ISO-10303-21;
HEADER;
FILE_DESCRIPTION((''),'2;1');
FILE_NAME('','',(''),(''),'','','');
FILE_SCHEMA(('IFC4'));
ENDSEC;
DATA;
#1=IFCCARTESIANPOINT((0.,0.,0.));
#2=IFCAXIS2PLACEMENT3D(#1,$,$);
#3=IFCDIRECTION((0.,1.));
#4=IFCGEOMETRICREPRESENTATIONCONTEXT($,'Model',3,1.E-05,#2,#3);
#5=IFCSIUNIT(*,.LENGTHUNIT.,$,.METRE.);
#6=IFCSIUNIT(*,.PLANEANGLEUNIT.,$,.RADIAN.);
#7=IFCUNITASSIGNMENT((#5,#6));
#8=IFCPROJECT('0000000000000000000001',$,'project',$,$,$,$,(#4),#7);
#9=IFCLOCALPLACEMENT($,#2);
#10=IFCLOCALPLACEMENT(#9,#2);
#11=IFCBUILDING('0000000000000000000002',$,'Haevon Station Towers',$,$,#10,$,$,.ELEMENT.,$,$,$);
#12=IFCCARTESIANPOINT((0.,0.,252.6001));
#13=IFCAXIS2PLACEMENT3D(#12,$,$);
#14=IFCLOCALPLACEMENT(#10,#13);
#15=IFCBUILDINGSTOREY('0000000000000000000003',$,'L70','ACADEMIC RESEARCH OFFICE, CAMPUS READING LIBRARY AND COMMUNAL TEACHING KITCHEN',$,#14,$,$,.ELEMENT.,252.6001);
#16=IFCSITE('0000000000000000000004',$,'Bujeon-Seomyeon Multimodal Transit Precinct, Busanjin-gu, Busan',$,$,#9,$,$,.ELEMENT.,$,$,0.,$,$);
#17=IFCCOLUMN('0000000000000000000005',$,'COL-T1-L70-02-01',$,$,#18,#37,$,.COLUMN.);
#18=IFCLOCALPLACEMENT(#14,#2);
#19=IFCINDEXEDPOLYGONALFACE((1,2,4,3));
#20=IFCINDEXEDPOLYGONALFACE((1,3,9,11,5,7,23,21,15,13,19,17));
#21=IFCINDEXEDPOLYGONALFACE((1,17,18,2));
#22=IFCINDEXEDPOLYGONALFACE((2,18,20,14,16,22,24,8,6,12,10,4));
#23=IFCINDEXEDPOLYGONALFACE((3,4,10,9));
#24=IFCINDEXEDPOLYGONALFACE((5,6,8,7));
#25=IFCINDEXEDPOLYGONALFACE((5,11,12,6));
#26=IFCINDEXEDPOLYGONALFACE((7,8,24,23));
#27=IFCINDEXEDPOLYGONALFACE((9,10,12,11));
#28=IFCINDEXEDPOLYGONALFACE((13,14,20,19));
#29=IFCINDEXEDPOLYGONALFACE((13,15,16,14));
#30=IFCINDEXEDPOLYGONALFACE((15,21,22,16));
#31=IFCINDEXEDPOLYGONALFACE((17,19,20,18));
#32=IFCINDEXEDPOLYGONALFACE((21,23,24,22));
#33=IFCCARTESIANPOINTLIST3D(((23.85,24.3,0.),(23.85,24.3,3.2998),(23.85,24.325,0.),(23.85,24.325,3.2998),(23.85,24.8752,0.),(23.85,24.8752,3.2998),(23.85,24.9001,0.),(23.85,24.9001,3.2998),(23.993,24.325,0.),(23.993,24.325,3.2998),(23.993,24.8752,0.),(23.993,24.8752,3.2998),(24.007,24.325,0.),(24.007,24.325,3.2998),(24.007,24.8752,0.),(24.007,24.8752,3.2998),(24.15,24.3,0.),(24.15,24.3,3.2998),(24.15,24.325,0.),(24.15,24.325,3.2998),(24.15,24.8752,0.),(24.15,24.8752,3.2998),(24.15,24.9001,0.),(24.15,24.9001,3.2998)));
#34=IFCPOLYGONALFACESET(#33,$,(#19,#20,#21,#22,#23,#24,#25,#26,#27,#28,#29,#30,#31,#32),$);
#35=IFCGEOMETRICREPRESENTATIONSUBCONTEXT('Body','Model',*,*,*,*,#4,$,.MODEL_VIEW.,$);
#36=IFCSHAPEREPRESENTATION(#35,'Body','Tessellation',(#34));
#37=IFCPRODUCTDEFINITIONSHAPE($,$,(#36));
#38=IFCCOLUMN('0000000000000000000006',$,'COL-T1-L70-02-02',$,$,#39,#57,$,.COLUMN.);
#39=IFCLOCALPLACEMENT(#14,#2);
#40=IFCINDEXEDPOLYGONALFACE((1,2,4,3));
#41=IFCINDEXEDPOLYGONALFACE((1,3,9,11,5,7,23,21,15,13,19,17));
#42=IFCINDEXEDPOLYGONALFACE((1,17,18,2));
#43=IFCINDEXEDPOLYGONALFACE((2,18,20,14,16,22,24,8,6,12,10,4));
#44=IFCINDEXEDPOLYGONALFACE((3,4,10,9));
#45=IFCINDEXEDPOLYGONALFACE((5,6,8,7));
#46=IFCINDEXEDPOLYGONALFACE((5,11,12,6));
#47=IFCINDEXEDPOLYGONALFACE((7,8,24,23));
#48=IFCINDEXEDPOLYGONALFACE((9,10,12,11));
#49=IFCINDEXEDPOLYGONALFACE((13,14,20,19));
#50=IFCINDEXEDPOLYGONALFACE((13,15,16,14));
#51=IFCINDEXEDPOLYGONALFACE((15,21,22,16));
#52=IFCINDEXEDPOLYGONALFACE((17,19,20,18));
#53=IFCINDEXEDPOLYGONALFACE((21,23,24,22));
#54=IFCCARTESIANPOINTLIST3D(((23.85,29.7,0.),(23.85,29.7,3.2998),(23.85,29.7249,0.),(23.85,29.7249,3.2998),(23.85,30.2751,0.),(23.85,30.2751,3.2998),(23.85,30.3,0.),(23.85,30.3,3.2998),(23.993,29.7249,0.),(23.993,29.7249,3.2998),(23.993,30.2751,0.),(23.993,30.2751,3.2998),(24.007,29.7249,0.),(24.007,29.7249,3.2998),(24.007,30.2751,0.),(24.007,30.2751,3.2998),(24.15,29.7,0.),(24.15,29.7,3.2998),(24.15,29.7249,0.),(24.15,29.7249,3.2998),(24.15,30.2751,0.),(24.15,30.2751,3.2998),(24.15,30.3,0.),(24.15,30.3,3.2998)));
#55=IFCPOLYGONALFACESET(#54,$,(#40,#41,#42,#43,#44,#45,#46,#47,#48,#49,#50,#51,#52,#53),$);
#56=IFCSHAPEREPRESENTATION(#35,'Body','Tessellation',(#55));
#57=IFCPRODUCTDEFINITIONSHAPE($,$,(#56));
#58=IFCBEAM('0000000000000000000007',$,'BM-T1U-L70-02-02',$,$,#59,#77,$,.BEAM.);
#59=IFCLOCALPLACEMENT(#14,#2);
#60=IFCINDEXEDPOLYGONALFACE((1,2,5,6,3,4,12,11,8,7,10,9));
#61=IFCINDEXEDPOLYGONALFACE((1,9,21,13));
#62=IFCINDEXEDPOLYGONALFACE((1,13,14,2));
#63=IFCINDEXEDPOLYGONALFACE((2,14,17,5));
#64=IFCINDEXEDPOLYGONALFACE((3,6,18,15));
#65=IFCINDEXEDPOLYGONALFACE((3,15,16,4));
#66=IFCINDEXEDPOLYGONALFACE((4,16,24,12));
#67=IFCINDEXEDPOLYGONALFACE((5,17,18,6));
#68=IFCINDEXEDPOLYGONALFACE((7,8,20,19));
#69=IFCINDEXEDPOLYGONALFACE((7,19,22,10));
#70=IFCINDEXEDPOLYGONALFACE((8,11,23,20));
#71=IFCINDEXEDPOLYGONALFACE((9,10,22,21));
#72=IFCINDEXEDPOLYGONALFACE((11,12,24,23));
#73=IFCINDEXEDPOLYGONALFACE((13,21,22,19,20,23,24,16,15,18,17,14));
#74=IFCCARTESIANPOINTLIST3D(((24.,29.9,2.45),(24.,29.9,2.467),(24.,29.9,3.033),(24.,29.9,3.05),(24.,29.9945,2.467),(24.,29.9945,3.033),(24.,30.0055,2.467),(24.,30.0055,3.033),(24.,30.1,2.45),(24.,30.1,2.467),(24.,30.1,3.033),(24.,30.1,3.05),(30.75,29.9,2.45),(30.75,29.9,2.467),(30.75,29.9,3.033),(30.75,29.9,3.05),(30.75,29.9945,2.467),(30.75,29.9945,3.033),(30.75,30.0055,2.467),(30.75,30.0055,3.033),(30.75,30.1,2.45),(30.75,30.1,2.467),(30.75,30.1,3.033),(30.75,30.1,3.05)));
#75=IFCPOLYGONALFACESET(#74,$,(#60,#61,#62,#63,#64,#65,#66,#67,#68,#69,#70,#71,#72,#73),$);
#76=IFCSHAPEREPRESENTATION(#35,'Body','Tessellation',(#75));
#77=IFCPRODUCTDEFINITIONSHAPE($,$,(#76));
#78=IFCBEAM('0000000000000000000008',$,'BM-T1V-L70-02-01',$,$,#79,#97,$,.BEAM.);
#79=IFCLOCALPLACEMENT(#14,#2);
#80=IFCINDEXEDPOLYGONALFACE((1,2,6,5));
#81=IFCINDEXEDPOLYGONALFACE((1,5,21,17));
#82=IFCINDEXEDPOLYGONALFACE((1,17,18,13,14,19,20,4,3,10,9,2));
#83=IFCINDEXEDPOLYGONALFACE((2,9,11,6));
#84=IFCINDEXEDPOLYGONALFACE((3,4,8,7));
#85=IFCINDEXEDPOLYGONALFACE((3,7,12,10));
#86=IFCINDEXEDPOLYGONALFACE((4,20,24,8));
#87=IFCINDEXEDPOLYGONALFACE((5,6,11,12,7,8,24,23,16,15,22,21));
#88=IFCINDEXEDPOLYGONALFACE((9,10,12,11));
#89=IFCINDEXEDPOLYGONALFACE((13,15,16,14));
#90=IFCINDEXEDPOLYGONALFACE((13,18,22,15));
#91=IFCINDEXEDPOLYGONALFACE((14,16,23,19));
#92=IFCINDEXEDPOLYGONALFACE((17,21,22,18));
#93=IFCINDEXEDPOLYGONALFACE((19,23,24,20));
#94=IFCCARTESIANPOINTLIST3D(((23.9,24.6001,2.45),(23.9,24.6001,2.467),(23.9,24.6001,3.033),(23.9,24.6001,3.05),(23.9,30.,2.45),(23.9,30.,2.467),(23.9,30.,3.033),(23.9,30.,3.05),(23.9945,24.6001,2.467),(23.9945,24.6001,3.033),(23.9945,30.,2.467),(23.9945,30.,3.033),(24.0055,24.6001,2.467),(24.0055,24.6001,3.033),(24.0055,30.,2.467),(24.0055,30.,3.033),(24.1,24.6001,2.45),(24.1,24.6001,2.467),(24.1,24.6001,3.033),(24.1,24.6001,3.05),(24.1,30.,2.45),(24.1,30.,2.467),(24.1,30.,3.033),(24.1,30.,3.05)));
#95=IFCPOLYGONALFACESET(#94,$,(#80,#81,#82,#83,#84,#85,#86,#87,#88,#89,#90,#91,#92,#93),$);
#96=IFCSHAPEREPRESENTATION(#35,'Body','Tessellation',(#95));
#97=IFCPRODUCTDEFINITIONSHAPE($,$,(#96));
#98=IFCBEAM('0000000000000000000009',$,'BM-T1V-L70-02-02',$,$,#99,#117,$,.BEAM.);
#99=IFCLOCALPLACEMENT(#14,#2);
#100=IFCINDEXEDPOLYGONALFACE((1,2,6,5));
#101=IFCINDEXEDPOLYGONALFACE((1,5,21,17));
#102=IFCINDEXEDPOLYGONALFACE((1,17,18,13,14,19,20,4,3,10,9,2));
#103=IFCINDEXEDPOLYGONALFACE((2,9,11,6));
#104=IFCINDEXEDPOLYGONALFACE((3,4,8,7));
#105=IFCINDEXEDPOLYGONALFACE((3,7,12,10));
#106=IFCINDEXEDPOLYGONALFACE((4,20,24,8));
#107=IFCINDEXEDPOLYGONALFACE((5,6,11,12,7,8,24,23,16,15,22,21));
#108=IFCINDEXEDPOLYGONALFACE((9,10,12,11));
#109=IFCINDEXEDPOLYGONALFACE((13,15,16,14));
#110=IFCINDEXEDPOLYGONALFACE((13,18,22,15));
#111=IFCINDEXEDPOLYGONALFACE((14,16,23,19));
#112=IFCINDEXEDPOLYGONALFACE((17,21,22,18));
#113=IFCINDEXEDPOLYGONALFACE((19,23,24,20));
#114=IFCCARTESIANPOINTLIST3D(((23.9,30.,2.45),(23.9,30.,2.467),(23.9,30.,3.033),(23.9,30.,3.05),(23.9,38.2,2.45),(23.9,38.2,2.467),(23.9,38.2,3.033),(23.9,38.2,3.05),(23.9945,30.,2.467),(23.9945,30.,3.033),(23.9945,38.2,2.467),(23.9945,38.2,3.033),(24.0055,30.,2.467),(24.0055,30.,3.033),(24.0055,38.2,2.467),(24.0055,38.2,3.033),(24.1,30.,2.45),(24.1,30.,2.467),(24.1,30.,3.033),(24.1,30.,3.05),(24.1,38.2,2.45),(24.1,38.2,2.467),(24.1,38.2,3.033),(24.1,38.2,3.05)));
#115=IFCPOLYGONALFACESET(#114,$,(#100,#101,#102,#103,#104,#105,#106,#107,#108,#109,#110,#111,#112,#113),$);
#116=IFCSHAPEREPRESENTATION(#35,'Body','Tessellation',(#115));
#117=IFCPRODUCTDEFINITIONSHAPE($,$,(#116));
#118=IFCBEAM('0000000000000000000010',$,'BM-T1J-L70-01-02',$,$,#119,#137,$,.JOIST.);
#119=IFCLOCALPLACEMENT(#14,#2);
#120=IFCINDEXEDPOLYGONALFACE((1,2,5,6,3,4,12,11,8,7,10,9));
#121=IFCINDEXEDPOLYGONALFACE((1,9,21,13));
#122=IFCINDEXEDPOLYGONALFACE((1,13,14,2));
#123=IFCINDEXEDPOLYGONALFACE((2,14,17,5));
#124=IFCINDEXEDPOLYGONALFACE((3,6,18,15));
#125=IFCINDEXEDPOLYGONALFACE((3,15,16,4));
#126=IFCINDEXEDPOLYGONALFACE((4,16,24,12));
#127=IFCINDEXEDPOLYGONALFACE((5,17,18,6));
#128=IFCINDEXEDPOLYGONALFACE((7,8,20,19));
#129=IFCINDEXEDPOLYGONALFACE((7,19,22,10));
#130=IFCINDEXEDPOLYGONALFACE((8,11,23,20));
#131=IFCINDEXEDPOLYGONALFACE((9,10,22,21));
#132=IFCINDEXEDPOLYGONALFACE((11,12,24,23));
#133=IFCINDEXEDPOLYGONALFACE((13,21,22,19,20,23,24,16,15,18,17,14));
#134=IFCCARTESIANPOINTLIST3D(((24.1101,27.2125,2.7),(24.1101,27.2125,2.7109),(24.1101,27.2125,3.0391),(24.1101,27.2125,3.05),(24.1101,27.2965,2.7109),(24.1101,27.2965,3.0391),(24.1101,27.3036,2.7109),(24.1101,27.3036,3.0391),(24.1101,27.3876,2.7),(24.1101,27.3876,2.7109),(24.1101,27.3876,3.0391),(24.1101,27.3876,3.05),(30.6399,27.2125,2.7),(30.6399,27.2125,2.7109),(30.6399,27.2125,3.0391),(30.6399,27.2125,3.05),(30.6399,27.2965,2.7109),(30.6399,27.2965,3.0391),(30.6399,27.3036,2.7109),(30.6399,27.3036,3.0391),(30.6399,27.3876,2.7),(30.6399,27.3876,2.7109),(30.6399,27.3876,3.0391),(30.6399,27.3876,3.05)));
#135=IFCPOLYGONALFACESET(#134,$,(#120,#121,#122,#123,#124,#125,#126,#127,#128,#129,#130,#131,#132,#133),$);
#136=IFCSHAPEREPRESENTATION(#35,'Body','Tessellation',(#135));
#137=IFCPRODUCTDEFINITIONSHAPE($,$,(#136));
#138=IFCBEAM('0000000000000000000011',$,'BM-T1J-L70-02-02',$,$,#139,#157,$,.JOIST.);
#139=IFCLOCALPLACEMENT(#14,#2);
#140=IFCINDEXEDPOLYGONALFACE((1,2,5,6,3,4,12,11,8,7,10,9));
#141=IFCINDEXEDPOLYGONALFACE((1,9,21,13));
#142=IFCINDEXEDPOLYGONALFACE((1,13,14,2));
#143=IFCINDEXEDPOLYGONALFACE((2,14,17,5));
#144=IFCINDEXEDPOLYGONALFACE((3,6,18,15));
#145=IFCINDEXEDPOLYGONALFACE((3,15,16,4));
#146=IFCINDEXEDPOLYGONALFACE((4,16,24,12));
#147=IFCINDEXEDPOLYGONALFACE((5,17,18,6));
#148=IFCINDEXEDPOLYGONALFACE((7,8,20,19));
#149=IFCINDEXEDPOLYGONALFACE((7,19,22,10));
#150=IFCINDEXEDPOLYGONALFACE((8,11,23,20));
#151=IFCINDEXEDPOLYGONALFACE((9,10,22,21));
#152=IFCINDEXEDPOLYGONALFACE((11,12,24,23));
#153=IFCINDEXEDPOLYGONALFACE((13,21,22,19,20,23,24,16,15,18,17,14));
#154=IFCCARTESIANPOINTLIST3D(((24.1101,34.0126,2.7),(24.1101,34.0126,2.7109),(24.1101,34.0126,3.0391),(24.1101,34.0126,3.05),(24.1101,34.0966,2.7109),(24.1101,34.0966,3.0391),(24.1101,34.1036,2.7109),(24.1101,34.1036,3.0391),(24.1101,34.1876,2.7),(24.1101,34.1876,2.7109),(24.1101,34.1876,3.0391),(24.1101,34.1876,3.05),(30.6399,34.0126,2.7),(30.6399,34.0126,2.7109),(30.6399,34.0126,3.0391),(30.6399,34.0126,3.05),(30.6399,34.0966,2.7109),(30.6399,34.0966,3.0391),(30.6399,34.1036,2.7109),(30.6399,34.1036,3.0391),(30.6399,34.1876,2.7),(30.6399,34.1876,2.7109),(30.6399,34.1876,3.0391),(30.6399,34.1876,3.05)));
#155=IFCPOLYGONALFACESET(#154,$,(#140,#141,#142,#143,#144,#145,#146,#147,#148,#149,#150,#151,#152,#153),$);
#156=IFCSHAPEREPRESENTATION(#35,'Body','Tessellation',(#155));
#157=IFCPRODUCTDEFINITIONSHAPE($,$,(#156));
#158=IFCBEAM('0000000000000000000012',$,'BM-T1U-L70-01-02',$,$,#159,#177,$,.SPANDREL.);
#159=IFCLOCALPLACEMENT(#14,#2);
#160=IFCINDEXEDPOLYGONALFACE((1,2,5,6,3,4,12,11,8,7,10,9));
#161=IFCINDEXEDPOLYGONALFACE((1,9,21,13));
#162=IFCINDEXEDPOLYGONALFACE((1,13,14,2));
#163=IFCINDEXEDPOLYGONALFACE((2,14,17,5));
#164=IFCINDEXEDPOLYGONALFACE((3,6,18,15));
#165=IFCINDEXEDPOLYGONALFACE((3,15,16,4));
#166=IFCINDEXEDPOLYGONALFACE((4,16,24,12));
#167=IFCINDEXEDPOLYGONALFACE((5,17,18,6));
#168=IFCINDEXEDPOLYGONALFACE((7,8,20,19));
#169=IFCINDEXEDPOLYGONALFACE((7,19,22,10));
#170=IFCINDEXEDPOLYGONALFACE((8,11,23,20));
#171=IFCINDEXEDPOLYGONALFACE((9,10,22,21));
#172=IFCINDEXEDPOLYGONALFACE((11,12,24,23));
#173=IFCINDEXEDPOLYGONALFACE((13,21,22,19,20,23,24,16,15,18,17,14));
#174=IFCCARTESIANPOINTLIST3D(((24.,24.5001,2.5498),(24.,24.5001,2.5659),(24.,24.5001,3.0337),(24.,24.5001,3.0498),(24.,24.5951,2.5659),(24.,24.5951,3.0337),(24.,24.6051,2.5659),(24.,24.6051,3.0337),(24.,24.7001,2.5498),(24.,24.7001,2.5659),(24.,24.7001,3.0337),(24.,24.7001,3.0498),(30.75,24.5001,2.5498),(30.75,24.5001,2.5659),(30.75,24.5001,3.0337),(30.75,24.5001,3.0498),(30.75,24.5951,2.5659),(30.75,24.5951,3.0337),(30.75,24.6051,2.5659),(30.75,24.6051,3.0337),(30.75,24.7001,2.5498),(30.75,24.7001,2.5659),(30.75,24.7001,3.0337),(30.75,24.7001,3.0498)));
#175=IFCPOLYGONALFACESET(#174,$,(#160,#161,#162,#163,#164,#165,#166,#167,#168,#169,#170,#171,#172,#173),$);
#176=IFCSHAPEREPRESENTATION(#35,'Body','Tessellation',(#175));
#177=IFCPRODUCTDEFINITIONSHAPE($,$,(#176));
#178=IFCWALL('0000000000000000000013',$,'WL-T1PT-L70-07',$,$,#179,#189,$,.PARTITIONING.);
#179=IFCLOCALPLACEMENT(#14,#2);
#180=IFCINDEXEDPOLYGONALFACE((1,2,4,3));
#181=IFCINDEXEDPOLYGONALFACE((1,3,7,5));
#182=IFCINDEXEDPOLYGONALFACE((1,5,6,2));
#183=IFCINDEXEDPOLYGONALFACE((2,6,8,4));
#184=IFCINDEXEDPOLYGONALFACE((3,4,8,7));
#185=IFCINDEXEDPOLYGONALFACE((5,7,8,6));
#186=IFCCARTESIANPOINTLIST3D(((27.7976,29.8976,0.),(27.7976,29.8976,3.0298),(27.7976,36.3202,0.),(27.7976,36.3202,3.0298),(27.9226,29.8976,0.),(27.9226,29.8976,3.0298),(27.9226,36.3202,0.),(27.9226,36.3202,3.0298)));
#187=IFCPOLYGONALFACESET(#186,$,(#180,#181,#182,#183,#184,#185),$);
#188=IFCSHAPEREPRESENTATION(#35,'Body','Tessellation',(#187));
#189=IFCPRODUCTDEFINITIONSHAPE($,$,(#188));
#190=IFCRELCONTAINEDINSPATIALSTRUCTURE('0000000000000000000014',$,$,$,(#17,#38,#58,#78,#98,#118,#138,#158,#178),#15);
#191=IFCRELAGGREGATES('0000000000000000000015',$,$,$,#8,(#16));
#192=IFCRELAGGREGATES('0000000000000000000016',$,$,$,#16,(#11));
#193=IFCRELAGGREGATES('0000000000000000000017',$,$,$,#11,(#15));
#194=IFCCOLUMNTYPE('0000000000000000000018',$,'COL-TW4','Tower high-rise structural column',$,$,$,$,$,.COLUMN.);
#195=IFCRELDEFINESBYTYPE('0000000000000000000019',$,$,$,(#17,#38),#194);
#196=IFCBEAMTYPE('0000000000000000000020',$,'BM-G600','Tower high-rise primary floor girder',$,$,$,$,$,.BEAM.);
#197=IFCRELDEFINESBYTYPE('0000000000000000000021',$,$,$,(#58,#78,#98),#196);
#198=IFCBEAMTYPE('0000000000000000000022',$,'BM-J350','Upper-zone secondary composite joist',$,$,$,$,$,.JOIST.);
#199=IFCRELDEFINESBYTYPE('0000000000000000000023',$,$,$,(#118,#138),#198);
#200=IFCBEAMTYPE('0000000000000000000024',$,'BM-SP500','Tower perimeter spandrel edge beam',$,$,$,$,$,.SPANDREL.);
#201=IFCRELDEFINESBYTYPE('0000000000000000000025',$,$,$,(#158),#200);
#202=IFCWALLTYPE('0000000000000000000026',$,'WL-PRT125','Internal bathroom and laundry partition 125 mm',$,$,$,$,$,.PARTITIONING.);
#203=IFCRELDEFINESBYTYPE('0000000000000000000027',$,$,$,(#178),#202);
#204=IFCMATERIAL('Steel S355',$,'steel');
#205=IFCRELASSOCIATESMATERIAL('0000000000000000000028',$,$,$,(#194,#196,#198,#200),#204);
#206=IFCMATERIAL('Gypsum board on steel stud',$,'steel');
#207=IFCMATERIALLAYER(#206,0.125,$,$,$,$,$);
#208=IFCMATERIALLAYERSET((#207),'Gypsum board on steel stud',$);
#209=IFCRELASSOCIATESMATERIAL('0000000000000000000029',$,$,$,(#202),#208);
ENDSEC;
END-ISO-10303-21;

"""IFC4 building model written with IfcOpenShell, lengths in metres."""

from ifc_helpers import new_model, si_unit, direction, frame, frame_2d, origin, origin_2d, place, context, subcontext, project, spatial, rectangle, i_section, extrude, material, layer, layer_set, material_profile, profile_set, type_object, element, save


model = new_model("IFC4")

# Units and contexts
model_context = context("Model", 3, precision=1e-05, world=origin(), true_north=direction((0.0, 1.0)))
body_context = subcontext(model_context, "Body", "Model", "MODEL_VIEW")
ifc_project = project(units=[si_unit("LENGTHUNIT", "METRE"), si_unit("PLANEANGLEUNIT", "RADIAN")], contexts=[model_context])

# Site, building, storey
site_placement = place(None, origin())
site = spatial("IfcSite", under=ifc_project, at=site_placement, Name="Bujeon-Seomyeon Multimodal Transit Precinct, Busanjin-gu, Busan", CompositionType="ELEMENT", RefElevation=0.0)
building_placement = place(site_placement, origin())
building = spatial("IfcBuilding", under=site, at=building_placement, Name="Haevon Station Towers", CompositionType="ELEMENT")
storey_placement = place(building_placement, frame((0.0, 0.0, 252.6001)))
storey = spatial("IfcBuildingStorey", under=building, at=storey_placement, Name="L70", Description="ACADEMIC RESEARCH OFFICE, CAMPUS READING LIBRARY AND COMMUNAL TEACHING KITCHEN", CompositionType="ELEMENT", Elevation=252.6001)

# Columns
ifc_material_1 = material(Name="Steel S355", Category="steel")
ifc_material_profile_1 = material_profile(ifc_material_1, i_section(OverallWidth=0.3, OverallDepth=0.6001, WebThickness=0.0139, FlangeThickness=0.0249, at=origin_2d()), Name="H-600x300x14x25")
ifc_profile_set_1 = profile_set([ifc_material_profile_1], Name="Steel S355")
column_type = type_object("IfcColumnType", Name="COL-TW4", Description="Tower high-rise structural column", PredefinedType="COLUMN", material=ifc_profile_set_1)
for number, where, z_axis, x_axis, name in (
    (1, (24.0, 24.6001, 0.0), (0.0, 0.0, 1.0), (1.0, 0.0, 0.0), "COL-T1-L70-02-01"),
    (2, (24.0, 30.0, 0.0), (0.0, 0.0, 1.0), (1.0, 0.0, 0.0), "COL-T1-L70-02-02"),
):
    element("IfcColumn", number, at=place(storey_placement, frame(where, z_axis=z_axis, x_axis=x_axis)), inside=storey, type_object=column_type, Name=name, PredefinedType="COLUMN", context=body_context, shape_type="SweptSolid", body=[
        extrude(i_section(OverallWidth=0.3, OverallDepth=0.6001, WebThickness=0.0139, FlangeThickness=0.0249, at=origin_2d()), origin(), (0.0, 0.0, 1.0), 3.2998),
    ])

# Beams
ifc_material_profile_2 = material_profile(ifc_material_1, i_section(OverallWidth=0.2, OverallDepth=0.6001, WebThickness=0.011, FlangeThickness=0.0171, at=origin_2d()), Name="H-600x200x11x17")
ifc_profile_set_2 = profile_set([ifc_material_profile_2], Name="Steel S355")
beam_type_1 = type_object("IfcBeamType", Name="BM-G600", Description="Tower high-rise primary floor girder", PredefinedType="BEAM", material=ifc_profile_set_2)
beam_1_placement = place(storey_placement, frame((24.0, 30.0, 2.75), z_axis=(1.0, 0.0, 0.0), x_axis=(0.0, 1.0, 0.0)))
element("IfcBeam", 3, at=beam_1_placement, inside=storey, type_object=beam_type_1, Name="BM-T1U-L70-02-02", PredefinedType="BEAM", context=body_context, shape_type="SweptSolid", body=[
    extrude(i_section(OverallWidth=0.2, OverallDepth=0.6001, WebThickness=0.011, FlangeThickness=0.0171, at=origin_2d()), origin(), (0.0, 0.0, 1.0), 6.75),
])
beam_2_placement = place(storey_placement, frame((24.0, 24.6001, 2.75), z_axis=(0.0, 1.0, 0.0), x_axis=(-1.0, 0.0, 0.0)))
element("IfcBeam", 4, at=beam_2_placement, inside=storey, type_object=beam_type_1, Name="BM-T1V-L70-02-01", PredefinedType="BEAM", context=body_context, shape_type="SweptSolid", body=[
    extrude(i_section(OverallWidth=0.2, OverallDepth=0.6001, WebThickness=0.011, FlangeThickness=0.0171, at=origin_2d()), origin(), (0.0, 0.0, 1.0), 5.3999),
])
beam_3_placement = place(storey_placement, frame((24.0, 30.0, 2.75), z_axis=(0.0, 1.0, 0.0), x_axis=(-1.0, 0.0, 0.0)))
element("IfcBeam", 5, at=beam_3_placement, inside=storey, type_object=beam_type_1, Name="BM-T1V-L70-02-02", PredefinedType="BEAM", context=body_context, shape_type="SweptSolid", body=[
    extrude(i_section(OverallWidth=0.2, OverallDepth=0.6001, WebThickness=0.011, FlangeThickness=0.0171, at=origin_2d()), origin(), (0.0, 0.0, 1.0), 8.2),
])
ifc_material_profile_3 = material_profile(ifc_material_1, i_section(OverallWidth=0.175, OverallDepth=0.3501, WebThickness=0.0071, FlangeThickness=0.011, at=origin_2d()), Name="H-350x175x7x11")
ifc_profile_set_3 = profile_set([ifc_material_profile_3], Name="Steel S355")
beam_type_2 = type_object("IfcBeamType", Name="BM-J350", Description="Upper-zone secondary composite joist", PredefinedType="JOIST", material=ifc_profile_set_3)
for number, where, z_axis, x_axis, name in (
    (6, (24.1101, 27.3, 2.875), (1.0, 0.0, 0.0), (0.0, 1.0, 0.0), "BM-T1J-L70-01-02"),
    (7, (24.1101, 34.1001, 2.875), (1.0, 0.0, 0.0), (0.0, 1.0, 0.0), "BM-T1J-L70-02-02"),
):
    element("IfcBeam", number, at=place(storey_placement, frame(where, z_axis=z_axis, x_axis=x_axis)), inside=storey, type_object=beam_type_2, Name=name, PredefinedType="JOIST", context=body_context, shape_type="SweptSolid", body=[
        extrude(i_section(OverallWidth=0.175, OverallDepth=0.3501, WebThickness=0.0071, FlangeThickness=0.011, at=origin_2d()), origin(), (0.0, 0.0, 1.0), 6.5298),
    ])
ifc_material_profile_4 = material_profile(ifc_material_1, i_section(OverallWidth=0.2, OverallDepth=0.5, WebThickness=0.01, FlangeThickness=0.0161, at=origin_2d()), Name="H-500x200x10x16")
ifc_profile_set_4 = profile_set([ifc_material_profile_4], Name="Steel S355")
beam_type_3 = type_object("IfcBeamType", Name="BM-SP500", Description="Tower perimeter spandrel edge beam", PredefinedType="SPANDREL", material=ifc_profile_set_4)
beam_4_placement = place(storey_placement, frame((24.0, 24.6001, 2.7998), z_axis=(1.0, 0.0, 0.0), x_axis=(0.0, 1.0, 0.0)))
element("IfcBeam", 8, at=beam_4_placement, inside=storey, type_object=beam_type_3, Name="BM-T1U-L70-01-02", PredefinedType="SPANDREL", context=body_context, shape_type="SweptSolid", body=[
    extrude(i_section(OverallWidth=0.2, OverallDepth=0.5, WebThickness=0.01, FlangeThickness=0.0161, at=origin_2d()), origin(), (0.0, 0.0, 1.0), 6.75),
])

# Wall
ifc_material_2 = material(Name="Gypsum board on steel stud", Category="steel")
ifc_layer_1 = layer(ifc_material_2, 0.125)
ifc_layer_set_1 = layer_set([ifc_layer_1], Name="Gypsum board on steel stud")
wall_type_1 = type_object("IfcWallType", Name="WL-PRT125", Description="Internal bathroom and laundry partition 125 mm", PredefinedType="PARTITIONING", material=ifc_layer_set_1)
wall_1_placement = place(storey_placement, frame((27.8601, 29.8975, 0.0), z_axis=(0.0, 0.0, 1.0), x_axis=(0.0, 1.0, 0.0)))
element("IfcWall", 9, at=wall_1_placement, inside=storey, type_object=wall_type_1, Name="WL-T1PT-L70-07", PredefinedType="PARTITIONING", context=body_context, shape_type="SweptSolid", body=[
    extrude(rectangle(XDim=6.4226, YDim=0.125, at=frame_2d((3.2114, 0.0))), origin(), (0.0, 0.0, 1.0), 3.0298),
])

save(model, "model.ifc")
